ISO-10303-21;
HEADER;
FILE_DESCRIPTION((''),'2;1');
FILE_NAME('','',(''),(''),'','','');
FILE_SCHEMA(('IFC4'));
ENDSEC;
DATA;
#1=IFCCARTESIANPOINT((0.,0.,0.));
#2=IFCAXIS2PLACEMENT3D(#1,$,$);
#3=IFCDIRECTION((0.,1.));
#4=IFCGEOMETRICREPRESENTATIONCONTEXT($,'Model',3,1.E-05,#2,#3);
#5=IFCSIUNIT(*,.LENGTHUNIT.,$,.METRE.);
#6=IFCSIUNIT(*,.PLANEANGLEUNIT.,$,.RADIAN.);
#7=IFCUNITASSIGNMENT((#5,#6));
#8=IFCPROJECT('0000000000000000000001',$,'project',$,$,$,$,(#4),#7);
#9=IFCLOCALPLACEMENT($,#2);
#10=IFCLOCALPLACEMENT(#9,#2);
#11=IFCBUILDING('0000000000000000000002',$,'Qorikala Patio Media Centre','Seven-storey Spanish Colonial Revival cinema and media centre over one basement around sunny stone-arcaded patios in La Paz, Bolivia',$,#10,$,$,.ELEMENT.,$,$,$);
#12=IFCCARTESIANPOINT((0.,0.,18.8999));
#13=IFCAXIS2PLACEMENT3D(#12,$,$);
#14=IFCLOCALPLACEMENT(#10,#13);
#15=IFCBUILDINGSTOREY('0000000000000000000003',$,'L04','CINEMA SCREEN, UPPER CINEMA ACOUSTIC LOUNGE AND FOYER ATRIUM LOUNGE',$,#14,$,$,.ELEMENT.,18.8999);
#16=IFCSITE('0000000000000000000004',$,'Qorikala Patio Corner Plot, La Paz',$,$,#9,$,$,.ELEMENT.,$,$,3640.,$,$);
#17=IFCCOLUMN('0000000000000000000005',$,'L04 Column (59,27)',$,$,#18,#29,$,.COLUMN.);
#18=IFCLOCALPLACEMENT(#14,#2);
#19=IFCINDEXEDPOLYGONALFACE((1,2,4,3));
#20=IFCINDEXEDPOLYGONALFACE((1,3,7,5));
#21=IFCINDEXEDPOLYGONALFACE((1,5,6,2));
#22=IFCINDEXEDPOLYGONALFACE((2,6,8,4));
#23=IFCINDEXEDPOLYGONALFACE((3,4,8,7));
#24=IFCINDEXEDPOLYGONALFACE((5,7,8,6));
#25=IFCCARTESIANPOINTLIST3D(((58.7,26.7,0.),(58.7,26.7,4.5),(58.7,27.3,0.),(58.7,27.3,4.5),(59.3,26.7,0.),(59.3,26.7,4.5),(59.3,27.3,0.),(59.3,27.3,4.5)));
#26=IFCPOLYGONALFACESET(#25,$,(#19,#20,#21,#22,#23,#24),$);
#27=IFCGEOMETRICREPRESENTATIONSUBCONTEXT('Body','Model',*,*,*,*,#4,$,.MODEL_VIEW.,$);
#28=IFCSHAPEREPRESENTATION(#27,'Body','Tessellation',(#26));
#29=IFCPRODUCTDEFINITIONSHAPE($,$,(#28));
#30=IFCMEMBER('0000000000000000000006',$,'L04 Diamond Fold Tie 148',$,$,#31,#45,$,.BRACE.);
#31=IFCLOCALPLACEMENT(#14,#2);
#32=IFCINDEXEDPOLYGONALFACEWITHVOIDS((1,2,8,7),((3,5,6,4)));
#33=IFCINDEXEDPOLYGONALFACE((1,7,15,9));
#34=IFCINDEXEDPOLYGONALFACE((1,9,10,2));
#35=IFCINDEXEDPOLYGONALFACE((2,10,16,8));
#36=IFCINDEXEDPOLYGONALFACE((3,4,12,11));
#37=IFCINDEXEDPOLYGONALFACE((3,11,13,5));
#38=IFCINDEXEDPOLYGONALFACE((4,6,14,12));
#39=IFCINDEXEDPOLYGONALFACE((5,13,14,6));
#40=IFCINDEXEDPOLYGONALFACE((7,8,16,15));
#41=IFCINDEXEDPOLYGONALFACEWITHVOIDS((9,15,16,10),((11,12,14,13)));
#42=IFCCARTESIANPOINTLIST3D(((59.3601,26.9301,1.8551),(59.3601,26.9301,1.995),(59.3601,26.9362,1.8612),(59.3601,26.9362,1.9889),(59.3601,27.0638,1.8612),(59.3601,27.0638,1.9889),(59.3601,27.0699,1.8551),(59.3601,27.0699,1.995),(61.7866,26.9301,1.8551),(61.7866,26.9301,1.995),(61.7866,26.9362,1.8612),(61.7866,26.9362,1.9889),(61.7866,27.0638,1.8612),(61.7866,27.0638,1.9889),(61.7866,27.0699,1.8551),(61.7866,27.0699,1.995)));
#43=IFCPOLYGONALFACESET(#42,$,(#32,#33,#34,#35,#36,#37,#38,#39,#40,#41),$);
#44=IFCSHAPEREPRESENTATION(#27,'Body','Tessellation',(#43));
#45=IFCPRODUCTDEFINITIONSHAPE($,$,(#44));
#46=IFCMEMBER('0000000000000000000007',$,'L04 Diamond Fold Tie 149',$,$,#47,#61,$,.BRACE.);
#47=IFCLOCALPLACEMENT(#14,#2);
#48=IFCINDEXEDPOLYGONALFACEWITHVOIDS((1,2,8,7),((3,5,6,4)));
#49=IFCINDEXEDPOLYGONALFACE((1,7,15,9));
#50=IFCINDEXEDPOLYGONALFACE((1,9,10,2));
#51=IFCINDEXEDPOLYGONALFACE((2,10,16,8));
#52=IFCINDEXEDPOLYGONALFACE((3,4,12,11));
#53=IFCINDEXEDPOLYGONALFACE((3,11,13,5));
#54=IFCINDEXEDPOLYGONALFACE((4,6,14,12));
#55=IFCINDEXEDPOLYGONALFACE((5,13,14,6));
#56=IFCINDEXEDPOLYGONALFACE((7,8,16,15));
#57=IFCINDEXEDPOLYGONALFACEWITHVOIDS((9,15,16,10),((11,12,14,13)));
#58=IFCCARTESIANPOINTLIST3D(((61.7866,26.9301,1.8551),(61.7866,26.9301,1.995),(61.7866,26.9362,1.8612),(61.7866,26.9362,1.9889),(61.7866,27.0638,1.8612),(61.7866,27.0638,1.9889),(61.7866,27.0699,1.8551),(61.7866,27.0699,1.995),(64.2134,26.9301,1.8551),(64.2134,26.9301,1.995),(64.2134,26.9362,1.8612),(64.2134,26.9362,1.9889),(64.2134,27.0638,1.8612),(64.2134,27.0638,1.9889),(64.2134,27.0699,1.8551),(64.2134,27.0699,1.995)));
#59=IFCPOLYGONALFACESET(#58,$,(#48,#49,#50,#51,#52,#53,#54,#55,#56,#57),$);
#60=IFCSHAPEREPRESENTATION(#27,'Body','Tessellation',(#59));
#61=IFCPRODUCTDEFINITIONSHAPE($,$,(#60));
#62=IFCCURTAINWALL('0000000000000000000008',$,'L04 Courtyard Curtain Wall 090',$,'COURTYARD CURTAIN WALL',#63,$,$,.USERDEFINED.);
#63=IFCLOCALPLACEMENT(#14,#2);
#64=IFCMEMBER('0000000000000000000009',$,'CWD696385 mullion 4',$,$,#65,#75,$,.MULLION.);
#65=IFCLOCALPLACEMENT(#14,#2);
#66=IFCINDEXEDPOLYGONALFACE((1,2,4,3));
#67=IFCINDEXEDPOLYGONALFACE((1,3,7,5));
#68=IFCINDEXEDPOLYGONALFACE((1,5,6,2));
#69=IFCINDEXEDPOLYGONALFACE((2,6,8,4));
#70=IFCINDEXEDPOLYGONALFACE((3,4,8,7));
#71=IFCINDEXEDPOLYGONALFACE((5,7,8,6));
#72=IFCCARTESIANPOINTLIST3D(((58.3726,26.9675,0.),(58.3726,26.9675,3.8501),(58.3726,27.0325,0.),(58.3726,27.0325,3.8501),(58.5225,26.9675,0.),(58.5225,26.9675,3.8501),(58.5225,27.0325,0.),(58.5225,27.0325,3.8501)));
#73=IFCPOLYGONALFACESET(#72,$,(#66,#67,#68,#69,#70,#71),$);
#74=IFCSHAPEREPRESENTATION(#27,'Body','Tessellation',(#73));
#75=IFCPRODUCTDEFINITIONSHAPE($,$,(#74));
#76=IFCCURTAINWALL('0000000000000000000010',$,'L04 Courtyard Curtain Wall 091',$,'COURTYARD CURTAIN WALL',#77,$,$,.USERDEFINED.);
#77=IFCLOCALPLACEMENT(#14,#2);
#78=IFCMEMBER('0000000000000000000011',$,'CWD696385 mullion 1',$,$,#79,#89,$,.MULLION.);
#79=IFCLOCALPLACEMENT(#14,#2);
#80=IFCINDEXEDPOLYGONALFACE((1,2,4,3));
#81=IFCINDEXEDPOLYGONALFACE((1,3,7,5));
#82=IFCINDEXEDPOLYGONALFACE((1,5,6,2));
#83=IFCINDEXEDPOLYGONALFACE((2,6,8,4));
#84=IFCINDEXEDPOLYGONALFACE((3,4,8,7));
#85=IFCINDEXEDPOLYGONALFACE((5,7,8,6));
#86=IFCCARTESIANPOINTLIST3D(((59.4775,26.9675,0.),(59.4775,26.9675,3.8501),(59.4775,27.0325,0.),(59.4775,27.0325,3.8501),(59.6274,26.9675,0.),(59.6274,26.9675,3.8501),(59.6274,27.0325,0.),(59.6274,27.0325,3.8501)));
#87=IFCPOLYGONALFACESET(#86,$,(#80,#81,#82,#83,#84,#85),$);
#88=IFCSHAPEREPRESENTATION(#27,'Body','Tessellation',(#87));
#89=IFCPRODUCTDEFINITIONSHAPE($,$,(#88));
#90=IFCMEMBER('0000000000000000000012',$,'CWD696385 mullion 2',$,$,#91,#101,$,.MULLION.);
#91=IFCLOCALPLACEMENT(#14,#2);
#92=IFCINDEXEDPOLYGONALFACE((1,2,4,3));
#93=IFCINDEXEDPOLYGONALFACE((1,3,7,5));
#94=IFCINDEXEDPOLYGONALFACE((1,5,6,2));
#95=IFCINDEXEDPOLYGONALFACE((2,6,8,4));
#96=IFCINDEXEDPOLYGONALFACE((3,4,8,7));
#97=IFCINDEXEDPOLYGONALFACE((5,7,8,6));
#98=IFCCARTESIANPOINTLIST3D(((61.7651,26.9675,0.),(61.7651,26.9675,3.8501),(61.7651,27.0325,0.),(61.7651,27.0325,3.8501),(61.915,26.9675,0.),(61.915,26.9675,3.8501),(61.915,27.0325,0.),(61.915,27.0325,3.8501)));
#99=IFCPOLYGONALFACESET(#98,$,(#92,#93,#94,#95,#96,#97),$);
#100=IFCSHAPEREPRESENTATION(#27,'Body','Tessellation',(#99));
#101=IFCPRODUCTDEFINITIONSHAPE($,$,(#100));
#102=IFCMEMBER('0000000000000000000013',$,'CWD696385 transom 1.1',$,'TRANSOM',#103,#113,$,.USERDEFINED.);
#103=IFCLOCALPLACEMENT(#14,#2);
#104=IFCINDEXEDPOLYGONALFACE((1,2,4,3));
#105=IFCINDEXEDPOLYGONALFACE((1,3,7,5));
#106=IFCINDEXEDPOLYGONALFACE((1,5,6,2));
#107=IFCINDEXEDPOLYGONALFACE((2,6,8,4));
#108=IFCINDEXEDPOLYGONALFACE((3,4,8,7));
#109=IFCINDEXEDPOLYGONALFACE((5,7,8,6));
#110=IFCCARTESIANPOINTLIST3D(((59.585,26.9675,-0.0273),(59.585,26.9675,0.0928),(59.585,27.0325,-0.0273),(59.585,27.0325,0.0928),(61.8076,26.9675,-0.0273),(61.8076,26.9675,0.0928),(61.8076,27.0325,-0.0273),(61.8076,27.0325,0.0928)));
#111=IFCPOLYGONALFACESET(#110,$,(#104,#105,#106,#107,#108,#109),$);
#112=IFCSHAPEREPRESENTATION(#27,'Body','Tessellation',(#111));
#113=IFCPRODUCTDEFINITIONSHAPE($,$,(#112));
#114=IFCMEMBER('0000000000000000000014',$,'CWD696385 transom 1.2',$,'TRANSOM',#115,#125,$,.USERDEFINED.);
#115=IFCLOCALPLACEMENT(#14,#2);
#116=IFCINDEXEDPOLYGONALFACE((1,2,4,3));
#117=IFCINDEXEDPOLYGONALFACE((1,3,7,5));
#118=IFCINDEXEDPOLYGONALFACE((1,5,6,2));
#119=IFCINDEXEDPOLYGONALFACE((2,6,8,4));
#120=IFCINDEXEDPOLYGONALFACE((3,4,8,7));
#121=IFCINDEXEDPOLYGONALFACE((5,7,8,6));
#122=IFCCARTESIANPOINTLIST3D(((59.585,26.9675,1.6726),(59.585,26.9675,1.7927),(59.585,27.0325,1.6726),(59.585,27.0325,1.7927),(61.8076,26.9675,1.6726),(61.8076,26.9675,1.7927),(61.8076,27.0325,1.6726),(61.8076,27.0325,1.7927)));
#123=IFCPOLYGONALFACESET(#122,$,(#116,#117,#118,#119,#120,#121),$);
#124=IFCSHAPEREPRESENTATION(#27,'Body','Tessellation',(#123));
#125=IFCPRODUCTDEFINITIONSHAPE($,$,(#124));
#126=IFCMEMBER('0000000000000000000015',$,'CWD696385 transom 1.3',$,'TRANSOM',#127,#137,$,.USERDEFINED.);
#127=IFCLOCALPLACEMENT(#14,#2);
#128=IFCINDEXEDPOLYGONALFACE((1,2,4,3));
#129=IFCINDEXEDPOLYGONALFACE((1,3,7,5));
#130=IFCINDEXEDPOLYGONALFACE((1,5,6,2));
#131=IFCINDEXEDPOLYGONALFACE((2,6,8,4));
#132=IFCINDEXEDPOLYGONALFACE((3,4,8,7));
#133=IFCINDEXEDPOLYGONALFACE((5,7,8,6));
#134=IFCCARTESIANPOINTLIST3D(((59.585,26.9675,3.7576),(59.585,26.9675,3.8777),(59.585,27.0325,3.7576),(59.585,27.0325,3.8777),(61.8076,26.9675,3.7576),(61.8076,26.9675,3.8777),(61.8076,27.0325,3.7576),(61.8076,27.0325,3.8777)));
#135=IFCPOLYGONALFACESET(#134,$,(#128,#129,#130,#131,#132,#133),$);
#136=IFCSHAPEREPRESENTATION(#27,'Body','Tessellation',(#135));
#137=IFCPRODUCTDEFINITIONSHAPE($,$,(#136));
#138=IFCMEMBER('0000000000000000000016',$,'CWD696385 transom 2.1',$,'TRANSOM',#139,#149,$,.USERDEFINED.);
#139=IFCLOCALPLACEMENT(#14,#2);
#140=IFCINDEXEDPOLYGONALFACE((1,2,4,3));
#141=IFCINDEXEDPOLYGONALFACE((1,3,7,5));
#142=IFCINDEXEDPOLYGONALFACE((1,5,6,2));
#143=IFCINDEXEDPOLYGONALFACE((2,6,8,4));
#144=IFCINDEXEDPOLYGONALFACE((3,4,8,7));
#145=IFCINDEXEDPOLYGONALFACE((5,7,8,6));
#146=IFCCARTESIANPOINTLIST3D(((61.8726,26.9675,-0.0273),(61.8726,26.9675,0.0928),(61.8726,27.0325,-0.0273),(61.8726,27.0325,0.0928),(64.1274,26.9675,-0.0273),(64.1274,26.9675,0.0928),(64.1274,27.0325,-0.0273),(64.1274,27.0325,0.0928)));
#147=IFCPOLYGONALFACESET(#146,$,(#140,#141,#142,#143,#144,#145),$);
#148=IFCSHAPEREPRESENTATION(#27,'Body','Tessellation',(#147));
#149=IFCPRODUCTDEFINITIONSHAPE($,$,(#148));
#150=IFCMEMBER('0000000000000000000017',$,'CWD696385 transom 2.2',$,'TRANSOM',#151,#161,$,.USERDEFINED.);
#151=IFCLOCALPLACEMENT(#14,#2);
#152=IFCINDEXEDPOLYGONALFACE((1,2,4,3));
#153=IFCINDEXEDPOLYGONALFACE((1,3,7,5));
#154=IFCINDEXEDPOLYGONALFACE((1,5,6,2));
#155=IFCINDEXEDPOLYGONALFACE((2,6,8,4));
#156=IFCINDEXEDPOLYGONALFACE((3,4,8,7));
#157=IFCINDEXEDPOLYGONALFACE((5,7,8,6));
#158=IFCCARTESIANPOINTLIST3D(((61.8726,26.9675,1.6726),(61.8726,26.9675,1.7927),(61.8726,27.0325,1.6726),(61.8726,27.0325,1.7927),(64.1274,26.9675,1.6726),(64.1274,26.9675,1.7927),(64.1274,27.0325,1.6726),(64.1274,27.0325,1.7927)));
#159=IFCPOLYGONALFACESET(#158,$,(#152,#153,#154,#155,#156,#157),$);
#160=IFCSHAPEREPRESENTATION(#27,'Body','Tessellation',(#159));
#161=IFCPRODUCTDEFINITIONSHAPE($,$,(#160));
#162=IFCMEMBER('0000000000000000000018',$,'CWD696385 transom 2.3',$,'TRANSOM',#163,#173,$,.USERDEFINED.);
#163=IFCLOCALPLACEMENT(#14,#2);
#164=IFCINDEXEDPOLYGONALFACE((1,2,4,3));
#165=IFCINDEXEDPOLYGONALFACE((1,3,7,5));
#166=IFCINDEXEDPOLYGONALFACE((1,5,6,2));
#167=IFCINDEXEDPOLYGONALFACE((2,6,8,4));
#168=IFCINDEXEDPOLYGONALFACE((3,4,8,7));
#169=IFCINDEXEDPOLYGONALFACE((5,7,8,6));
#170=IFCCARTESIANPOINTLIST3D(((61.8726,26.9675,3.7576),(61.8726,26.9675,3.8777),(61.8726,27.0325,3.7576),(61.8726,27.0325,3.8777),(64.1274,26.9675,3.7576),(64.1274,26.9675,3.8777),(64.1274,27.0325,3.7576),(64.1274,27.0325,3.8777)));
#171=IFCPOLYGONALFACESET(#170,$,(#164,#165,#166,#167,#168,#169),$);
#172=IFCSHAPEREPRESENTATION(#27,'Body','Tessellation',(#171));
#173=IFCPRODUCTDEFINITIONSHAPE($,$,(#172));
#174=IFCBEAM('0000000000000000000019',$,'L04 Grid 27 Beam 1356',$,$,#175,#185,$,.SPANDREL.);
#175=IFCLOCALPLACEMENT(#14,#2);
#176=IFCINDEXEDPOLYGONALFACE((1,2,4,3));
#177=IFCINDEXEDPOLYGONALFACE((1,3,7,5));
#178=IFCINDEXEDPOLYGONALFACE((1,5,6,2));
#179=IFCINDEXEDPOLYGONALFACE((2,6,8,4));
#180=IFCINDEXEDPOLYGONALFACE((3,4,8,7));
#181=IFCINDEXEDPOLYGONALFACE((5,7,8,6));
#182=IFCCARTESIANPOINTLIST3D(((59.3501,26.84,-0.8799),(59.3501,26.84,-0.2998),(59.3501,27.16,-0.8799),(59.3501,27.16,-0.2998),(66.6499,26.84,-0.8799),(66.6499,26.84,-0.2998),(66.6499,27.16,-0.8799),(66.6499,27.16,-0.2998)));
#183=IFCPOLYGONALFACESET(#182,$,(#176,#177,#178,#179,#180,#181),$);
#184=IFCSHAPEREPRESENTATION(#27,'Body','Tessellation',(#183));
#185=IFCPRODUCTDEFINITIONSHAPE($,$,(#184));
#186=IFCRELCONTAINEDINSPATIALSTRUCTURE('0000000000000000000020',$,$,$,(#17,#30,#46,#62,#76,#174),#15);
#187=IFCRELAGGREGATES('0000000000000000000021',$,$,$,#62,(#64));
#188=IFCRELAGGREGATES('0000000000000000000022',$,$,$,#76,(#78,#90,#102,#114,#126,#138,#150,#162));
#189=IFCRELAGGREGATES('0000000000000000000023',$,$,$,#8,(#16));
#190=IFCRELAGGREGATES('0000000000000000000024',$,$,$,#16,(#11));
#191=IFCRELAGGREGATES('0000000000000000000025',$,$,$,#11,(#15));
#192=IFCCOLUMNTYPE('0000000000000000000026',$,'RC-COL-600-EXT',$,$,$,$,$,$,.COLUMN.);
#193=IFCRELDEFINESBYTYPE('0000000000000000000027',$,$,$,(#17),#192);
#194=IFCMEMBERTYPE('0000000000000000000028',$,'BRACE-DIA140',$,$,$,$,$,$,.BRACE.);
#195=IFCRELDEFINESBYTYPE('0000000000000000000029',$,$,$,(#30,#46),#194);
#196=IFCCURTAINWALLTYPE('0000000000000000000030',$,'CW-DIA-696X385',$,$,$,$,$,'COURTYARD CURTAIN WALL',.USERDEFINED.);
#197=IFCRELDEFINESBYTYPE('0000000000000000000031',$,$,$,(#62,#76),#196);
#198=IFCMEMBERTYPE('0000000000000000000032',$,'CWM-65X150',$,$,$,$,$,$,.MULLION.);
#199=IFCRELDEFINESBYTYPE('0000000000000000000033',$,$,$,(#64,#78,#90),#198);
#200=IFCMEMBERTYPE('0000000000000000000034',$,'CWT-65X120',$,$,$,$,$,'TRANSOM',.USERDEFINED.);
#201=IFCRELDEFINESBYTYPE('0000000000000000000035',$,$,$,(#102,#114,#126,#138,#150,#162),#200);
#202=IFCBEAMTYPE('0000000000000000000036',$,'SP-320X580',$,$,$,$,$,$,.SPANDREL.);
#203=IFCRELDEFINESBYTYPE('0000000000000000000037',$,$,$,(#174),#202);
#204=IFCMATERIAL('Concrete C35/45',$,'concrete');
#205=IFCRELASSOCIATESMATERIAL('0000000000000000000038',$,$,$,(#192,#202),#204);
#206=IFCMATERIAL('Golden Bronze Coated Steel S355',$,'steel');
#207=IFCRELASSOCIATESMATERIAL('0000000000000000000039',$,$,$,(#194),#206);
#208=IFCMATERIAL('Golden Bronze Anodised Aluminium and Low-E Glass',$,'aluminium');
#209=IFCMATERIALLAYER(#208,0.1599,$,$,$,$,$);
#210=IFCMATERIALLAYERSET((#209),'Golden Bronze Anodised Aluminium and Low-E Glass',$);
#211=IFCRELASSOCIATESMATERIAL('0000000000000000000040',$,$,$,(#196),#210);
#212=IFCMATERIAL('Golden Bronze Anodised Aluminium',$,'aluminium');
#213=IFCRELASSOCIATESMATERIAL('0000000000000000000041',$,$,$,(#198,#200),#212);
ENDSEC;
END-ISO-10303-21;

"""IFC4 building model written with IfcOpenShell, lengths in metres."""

from ifc_helpers import new_model, si_unit, direction, frame, origin, origin_2d, place, context, subcontext, project, spatial, rectangle, hollow_rectangle, extrude, material, layer, layer_set, material_profile, profile_set, type_object, element, aggregate, save


model = new_model("IFC4")

# Units and contexts
model_context = context("Model", 3, precision=1e-05, world=origin(), true_north=direction((0.0, 1.0)))
body_context = subcontext(model_context, "Body", "Model", "MODEL_VIEW")
ifc_project = project(units=[si_unit("LENGTHUNIT", "METRE"), si_unit("PLANEANGLEUNIT", "RADIAN")], contexts=[model_context])

# Site, building, storey
site_placement = place(None, origin())
site = spatial("IfcSite", under=ifc_project, at=site_placement, Name="Qorikala Patio Corner Plot, La Paz", CompositionType="ELEMENT", RefElevation=3640.0)
building_placement = place(site_placement, origin())
building = spatial("IfcBuilding", under=site, at=building_placement, Name="Qorikala Patio Media Centre", Description="Seven-storey Spanish Colonial Revival cinema and media centre over one basement around sunny stone-arcaded patios in La Paz, Bolivia", CompositionType="ELEMENT")
storey_placement = place(building_placement, frame((0.0, 0.0, 18.8999)))
storey = spatial("IfcBuildingStorey", under=building, at=storey_placement, Name="L04", Description="CINEMA SCREEN, UPPER CINEMA ACOUSTIC LOUNGE AND FOYER ATRIUM LOUNGE", CompositionType="ELEMENT", Elevation=18.8999)

# Column
ifc_material_1 = material(Name="Concrete C35/45", Category="concrete")
ifc_material_profile_1 = material_profile(ifc_material_1, rectangle(XDim=0.6001, YDim=0.6001, at=origin_2d()), Name="RC 600x600")
ifc_profile_set_1 = profile_set([ifc_material_profile_1], Name="Concrete C35/45")
column_type = type_object("IfcColumnType", Name="RC-COL-600-EXT", PredefinedType="COLUMN", material=ifc_profile_set_1)
column_placement = place(storey_placement, frame((59.0, 27.0, 0.0), z_axis=(0.0, 0.0, 1.0), x_axis=(1.0, 0.0, 0.0)))
element("IfcColumn", 1, at=column_placement, inside=storey, type_object=column_type, Name="L04 Column (59,27)", PredefinedType="COLUMN", context=body_context, shape_type="SweptSolid", body=[
    extrude(rectangle(XDim=0.6001, YDim=0.6001, at=origin_2d()), origin(), (0.0, 0.0, 1.0), 4.5),
])

# Members
ifc_material_2 = material(Name="Golden Bronze Coated Steel S355", Category="steel")
ifc_material_profile_2 = material_profile(ifc_material_2, hollow_rectangle(XDim=0.1399, YDim=0.1399, WallThickness=0.0061, at=origin_2d()), Name="HSS140X140X6")
ifc_profile_set_2 = profile_set([ifc_material_profile_2], Name="Golden Bronze Coated Steel S355")
member_type_1 = type_object("IfcMemberType", Name="BRACE-DIA140", PredefinedType="BRACE", material=ifc_profile_set_2)
member_1_placement = place(storey_placement, frame((59.3601, 27.0, 1.925), z_axis=(1.0, 0.0, 0.0), x_axis=(0.0, 1.0, 0.0)))
element("IfcMember", 2, at=member_1_placement, inside=storey, type_object=member_type_1, Name="L04 Diamond Fold Tie 148", PredefinedType="BRACE", context=body_context, shape_type="SweptSolid", body=[
    extrude(hollow_rectangle(XDim=0.1399, YDim=0.1399, WallThickness=0.0061, at=origin_2d()), origin(), (0.0, 0.0, 1.0), 2.4265),
])
member_2_placement = place(storey_placement, frame((61.7866, 27.0, 1.925), z_axis=(1.0, 0.0, 0.0), x_axis=(0.0, 1.0, 0.0)))
element("IfcMember", 3, at=member_2_placement, inside=storey, type_object=member_type_1, Name="L04 Diamond Fold Tie 149", PredefinedType="BRACE", context=body_context, shape_type="SweptSolid", body=[
    extrude(hollow_rectangle(XDim=0.1399, YDim=0.1399, WallThickness=0.0061, at=origin_2d()), origin(), (0.0, 0.0, 1.0), 2.4268),
])

# Curtain wall, member
ifc_material_3 = material(Name="Golden Bronze Anodised Aluminium and Low-E Glass", Category="aluminium")
ifc_layer_1 = layer(ifc_material_3, 0.1599)
ifc_layer_set_1 = layer_set([ifc_layer_1], Name="Golden Bronze Anodised Aluminium and Low-E Glass")
curtain_wall_type = type_object("IfcCurtainWallType", Name="CW-DIA-696X385", ElementType="COURTYARD CURTAIN WALL", PredefinedType="USERDEFINED", material=ifc_layer_set_1)
curtain_wall_1_placement = place(storey_placement, origin())
curtain_wall_1 = element("IfcCurtainWall", 4, at=curtain_wall_1_placement, inside=storey, type_object=curtain_wall_type, Name="L04 Courtyard Curtain Wall 090", ObjectType="COURTYARD CURTAIN WALL", PredefinedType="USERDEFINED")
ifc_material_4 = material(Name="Golden Bronze Anodised Aluminium", Category="aluminium")
ifc_material_profile_3 = material_profile(ifc_material_4, rectangle(XDim=0.0649, YDim=0.1499, at=origin_2d()), Name="ALU MULLION 65x150")
ifc_profile_set_3 = profile_set([ifc_material_profile_3], Name="Golden Bronze Anodised Aluminium")
member_type_2 = type_object("IfcMemberType", Name="CWM-65X150", PredefinedType="MULLION", material=ifc_profile_set_3)
member_3_placement = place(storey_placement, frame((58.4475, 27.0, 0.0), z_axis=(0.0, 0.0, 1.0), x_axis=(0.0, 1.0, 0.0)))
member_3 = element("IfcMember", 5, at=member_3_placement, type_object=member_type_2, Name="CWD696385 mullion 4", PredefinedType="MULLION", context=body_context, shape_type="SweptSolid", body=[
    extrude(rectangle(XDim=0.0649, YDim=0.1499, at=origin_2d()), origin(), (0.0, 0.0, 1.0), 3.8501),
])
aggregate(curtain_wall_1, [member_3])

# Curtain wall, members
curtain_wall_2_placement = place(storey_placement, origin())
curtain_wall_2 = element("IfcCurtainWall", 6, at=curtain_wall_2_placement, inside=storey, type_object=curtain_wall_type, Name="L04 Courtyard Curtain Wall 091", ObjectType="COURTYARD CURTAIN WALL", PredefinedType="USERDEFINED")
member_4_placement = place(storey_placement, frame((59.5525, 27.0, 0.0), z_axis=(0.0, 0.0, 1.0), x_axis=(0.0, 1.0, 0.0)))
member_4 = element("IfcMember", 7, at=member_4_placement, type_object=member_type_2, Name="CWD696385 mullion 1", PredefinedType="MULLION", context=body_context, shape_type="SweptSolid", body=[
    extrude(rectangle(XDim=0.0649, YDim=0.1499, at=origin_2d()), origin(), (0.0, 0.0, 1.0), 3.8501),
])
member_5_placement = place(storey_placement, frame((61.8401, 27.0, 0.0), z_axis=(0.0, 0.0, 1.0), x_axis=(0.0, 1.0, 0.0)))
member_5 = element("IfcMember", 8, at=member_5_placement, type_object=member_type_2, Name="CWD696385 mullion 2", PredefinedType="MULLION", context=body_context, shape_type="SweptSolid", body=[
    extrude(rectangle(XDim=0.0649, YDim=0.1499, at=origin_2d()), origin(), (0.0, 0.0, 1.0), 3.8501),
])
ifc_material_profile_4 = material_profile(ifc_material_4, rectangle(XDim=0.0649, YDim=0.1201, at=origin_2d()), Name="ALU TRANSOM 65x120")
ifc_profile_set_4 = profile_set([ifc_material_profile_4], Name="Golden Bronze Anodised Aluminium")
member_type_3 = type_object("IfcMemberType", Name="CWT-65X120", ElementType="TRANSOM", PredefinedType="USERDEFINED", material=ifc_profile_set_4)
member_6_placement = place(storey_placement, frame((59.585, 27.0, 0.0327), z_axis=(1.0, 0.0, 0.0), x_axis=(0.0, 1.0, 0.0)))
member_6 = element("IfcMember", 9, at=member_6_placement, type_object=member_type_3, Name="CWD696385 transom 1.1", ObjectType="TRANSOM", PredefinedType="USERDEFINED", context=body_context, shape_type="SweptSolid", body=[
    extrude(rectangle(XDim=0.0649, YDim=0.1201, at=origin_2d()), origin(), (0.0, 0.0, 1.0), 2.2227),
])
member_7_placement = place(storey_placement, frame((59.585, 27.0, 1.7327), z_axis=(1.0, 0.0, 0.0), x_axis=(0.0, 1.0, 0.0)))
member_7 = element("IfcMember", 10, at=member_7_placement, type_object=member_type_3, Name="CWD696385 transom 1.2", ObjectType="TRANSOM", PredefinedType="USERDEFINED", context=body_context, shape_type="SweptSolid", body=[
    extrude(rectangle(XDim=0.0649, YDim=0.1201, at=origin_2d()), origin(), (0.0, 0.0, 1.0), 2.2227),
])
member_8_placement = place(storey_placement, frame((59.585, 27.0, 3.8176), z_axis=(1.0, 0.0, 0.0), x_axis=(0.0, 1.0, 0.0)))
member_8 = element("IfcMember", 11, at=member_8_placement, type_object=member_type_3, Name="CWD696385 transom 1.3", ObjectType="TRANSOM", PredefinedType="USERDEFINED", context=body_context, shape_type="SweptSolid", body=[
    extrude(rectangle(XDim=0.0649, YDim=0.1201, at=origin_2d()), origin(), (0.0, 0.0, 1.0), 2.2227),
])
member_9_placement = place(storey_placement, frame((61.8726, 27.0, 0.0327), z_axis=(1.0, 0.0, 0.0), x_axis=(0.0, 1.0, 0.0)))
member_9 = element("IfcMember", 12, at=member_9_placement, type_object=member_type_3, Name="CWD696385 transom 2.1", ObjectType="TRANSOM", PredefinedType="USERDEFINED", context=body_context, shape_type="SweptSolid", body=[
    extrude(rectangle(XDim=0.0649, YDim=0.1201, at=origin_2d()), origin(), (0.0, 0.0, 1.0), 2.2549),
])
member_10_placement = place(storey_placement, frame((61.8726, 27.0, 1.7327), z_axis=(1.0, 0.0, 0.0), x_axis=(0.0, 1.0, 0.0)))
member_10 = element("IfcMember", 13, at=member_10_placement, type_object=member_type_3, Name="CWD696385 transom 2.2", ObjectType="TRANSOM", PredefinedType="USERDEFINED", context=body_context, shape_type="SweptSolid", body=[
    extrude(rectangle(XDim=0.0649, YDim=0.1201, at=origin_2d()), origin(), (0.0, 0.0, 1.0), 2.2549),
])
member_11_placement = place(storey_placement, frame((61.8726, 27.0, 3.8176), z_axis=(1.0, 0.0, 0.0), x_axis=(0.0, 1.0, 0.0)))
member_11 = element("IfcMember", 14, at=member_11_placement, type_object=member_type_3, Name="CWD696385 transom 2.3", ObjectType="TRANSOM", PredefinedType="USERDEFINED", context=body_context, shape_type="SweptSolid", body=[
    extrude(rectangle(XDim=0.0649, YDim=0.1201, at=origin_2d()), origin(), (0.0, 0.0, 1.0), 2.2549),
])

# Beam
ifc_material_profile_5 = material_profile(ifc_material_1, rectangle(XDim=0.3201, YDim=0.5801, at=origin_2d()), Name="RC 320x580")
ifc_profile_set_5 = profile_set([ifc_material_profile_5], Name="Concrete C35/45")
beam_type = type_object("IfcBeamType", Name="SP-320X580", PredefinedType="SPANDREL", material=ifc_profile_set_5)
beam_placement = place(storey_placement, frame((59.3501, 27.0, -0.5898), z_axis=(1.0, 0.0, 0.0), x_axis=(0.0, 1.0, 0.0)))
element("IfcBeam", 15, at=beam_placement, inside=storey, type_object=beam_type, Name="L04 Grid 27 Beam 1356", PredefinedType="SPANDREL", context=body_context, shape_type="SweptSolid", body=[
    extrude(rectangle(XDim=0.3201, YDim=0.5801, at=origin_2d()), origin(), (0.0, 0.0, 1.0), 7.2998),
])

aggregate(curtain_wall_2, [member_4, member_5, member_6, member_7, member_8, member_9, member_10, member_11])

save(model, "model.ifc")
